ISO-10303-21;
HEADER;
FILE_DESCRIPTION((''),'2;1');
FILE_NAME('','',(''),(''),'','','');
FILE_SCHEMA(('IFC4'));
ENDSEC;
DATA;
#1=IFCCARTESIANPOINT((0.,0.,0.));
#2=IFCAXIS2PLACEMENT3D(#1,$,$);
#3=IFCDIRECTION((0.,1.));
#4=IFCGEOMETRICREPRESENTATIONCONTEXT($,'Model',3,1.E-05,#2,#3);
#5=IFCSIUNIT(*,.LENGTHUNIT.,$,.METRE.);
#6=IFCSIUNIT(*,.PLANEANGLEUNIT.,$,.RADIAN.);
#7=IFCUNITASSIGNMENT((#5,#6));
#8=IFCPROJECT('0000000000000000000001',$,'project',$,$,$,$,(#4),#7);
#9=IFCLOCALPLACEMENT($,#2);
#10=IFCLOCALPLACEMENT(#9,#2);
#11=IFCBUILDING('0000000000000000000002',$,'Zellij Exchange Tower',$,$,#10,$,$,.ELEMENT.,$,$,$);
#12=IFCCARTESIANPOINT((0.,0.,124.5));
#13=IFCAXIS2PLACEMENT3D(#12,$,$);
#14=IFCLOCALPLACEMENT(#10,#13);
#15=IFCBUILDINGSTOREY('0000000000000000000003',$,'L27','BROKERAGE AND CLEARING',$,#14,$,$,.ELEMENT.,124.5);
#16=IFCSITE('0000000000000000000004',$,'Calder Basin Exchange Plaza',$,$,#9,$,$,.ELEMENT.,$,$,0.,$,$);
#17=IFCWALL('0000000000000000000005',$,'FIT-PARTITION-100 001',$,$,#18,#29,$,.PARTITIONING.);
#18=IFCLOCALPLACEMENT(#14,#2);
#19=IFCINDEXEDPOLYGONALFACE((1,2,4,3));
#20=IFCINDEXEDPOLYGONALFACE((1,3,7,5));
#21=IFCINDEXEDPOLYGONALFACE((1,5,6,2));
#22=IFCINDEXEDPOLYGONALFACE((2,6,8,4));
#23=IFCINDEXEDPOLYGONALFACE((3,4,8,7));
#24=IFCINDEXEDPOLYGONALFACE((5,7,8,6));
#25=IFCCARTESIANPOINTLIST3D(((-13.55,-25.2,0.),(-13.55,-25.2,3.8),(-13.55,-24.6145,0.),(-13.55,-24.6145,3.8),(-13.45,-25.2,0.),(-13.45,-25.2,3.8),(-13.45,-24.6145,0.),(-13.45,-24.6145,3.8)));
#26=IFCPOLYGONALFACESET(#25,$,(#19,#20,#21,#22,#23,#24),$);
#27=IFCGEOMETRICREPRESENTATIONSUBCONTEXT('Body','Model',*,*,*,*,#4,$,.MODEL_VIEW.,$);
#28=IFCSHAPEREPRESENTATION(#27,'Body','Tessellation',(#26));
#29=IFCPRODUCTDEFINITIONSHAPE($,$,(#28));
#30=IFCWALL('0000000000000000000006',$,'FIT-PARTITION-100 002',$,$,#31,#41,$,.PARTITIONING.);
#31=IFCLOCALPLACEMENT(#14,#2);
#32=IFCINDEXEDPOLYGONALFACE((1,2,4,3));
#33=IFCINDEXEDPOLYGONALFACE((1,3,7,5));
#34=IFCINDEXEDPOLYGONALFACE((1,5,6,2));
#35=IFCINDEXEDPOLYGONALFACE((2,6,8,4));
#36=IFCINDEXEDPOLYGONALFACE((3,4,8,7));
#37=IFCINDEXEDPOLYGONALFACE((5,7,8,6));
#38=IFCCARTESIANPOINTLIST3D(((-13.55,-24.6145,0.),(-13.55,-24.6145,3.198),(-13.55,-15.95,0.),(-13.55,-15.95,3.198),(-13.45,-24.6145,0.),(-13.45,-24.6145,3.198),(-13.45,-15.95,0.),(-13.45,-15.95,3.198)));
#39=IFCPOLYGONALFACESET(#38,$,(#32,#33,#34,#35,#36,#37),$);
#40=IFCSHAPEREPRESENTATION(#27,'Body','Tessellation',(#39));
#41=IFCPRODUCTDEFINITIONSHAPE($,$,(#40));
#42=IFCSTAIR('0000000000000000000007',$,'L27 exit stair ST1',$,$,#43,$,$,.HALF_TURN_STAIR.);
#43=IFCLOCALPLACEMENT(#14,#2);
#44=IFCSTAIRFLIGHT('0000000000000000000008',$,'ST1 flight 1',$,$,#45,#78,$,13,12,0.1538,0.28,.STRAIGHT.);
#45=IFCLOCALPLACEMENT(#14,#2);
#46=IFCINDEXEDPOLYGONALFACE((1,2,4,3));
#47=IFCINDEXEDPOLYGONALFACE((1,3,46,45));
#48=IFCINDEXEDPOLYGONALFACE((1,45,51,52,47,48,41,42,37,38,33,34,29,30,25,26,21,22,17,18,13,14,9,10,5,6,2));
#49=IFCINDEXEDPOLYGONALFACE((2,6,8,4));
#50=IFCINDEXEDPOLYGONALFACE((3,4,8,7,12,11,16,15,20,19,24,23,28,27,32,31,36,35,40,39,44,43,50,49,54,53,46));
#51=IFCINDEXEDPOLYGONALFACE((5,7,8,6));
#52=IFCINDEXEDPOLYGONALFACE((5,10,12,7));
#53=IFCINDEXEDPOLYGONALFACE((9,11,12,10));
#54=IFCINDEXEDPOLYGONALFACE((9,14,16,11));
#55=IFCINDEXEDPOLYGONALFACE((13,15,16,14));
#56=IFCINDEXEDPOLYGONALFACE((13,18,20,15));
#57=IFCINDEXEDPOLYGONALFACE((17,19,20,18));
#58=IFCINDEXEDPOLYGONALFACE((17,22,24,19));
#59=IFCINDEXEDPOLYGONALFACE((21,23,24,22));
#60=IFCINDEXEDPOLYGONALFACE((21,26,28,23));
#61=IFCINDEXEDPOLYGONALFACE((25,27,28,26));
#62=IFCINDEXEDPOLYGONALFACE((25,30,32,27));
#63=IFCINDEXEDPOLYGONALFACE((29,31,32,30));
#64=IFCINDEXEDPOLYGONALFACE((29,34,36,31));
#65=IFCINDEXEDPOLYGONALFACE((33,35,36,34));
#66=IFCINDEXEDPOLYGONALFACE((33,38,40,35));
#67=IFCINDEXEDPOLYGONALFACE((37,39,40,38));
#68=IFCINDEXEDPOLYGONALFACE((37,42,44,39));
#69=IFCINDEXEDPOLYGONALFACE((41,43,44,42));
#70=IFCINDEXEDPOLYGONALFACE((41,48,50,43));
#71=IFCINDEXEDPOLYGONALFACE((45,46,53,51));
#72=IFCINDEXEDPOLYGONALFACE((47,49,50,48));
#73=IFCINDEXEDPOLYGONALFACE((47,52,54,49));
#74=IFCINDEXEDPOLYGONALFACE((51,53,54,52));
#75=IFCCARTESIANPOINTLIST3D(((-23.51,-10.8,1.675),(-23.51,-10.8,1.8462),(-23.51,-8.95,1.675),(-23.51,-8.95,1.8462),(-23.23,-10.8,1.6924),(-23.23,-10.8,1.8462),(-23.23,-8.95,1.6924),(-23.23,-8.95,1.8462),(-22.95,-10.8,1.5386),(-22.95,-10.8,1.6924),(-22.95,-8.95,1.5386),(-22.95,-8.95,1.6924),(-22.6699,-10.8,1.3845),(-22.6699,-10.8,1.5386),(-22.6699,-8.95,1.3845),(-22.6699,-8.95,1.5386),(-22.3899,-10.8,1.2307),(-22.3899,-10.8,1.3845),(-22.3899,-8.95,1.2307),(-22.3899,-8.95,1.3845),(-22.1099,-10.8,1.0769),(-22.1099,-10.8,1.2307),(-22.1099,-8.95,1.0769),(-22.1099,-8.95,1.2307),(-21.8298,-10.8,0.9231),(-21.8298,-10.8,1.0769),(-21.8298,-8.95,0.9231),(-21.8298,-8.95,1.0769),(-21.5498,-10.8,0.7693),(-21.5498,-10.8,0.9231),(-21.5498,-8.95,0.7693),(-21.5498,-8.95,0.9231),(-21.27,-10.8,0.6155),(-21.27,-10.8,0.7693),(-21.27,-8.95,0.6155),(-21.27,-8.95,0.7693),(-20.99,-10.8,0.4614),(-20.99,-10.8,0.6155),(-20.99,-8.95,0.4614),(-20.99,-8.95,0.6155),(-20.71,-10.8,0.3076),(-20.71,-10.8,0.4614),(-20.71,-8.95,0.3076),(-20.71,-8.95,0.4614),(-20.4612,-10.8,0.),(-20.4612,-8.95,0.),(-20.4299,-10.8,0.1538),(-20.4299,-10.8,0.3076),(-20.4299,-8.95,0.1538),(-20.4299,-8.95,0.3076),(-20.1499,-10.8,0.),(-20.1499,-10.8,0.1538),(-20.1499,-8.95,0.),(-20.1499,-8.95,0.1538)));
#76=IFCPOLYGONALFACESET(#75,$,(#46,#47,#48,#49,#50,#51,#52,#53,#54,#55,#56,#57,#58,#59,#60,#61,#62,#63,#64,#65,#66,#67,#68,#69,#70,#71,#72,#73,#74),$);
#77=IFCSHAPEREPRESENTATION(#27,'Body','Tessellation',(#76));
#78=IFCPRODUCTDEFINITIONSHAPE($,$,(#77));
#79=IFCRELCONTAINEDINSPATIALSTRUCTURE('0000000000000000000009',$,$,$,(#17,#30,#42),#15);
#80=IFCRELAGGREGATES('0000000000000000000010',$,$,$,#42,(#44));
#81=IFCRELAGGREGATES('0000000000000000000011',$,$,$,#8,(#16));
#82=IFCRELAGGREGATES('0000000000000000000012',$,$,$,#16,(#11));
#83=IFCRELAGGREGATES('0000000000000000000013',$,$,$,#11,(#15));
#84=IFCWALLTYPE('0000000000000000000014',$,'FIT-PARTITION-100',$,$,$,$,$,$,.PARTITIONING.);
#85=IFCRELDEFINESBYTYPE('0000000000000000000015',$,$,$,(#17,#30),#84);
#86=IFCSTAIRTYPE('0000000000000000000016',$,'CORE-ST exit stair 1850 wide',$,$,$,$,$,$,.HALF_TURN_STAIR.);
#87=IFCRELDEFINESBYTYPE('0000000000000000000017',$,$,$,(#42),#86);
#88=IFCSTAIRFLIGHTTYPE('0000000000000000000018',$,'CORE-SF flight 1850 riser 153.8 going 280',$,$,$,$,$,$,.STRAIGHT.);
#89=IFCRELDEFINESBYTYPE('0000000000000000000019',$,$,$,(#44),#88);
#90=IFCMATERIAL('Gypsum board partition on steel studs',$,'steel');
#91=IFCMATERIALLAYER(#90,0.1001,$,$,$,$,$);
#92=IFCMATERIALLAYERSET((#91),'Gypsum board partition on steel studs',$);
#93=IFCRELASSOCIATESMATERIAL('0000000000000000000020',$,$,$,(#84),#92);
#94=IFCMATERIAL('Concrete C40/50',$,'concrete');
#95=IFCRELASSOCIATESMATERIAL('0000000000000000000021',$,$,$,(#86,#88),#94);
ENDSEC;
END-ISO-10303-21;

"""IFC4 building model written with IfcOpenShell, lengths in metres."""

from ifc_helpers import new_model, si_unit, direction, frame, frame_2d, origin, place, context, subcontext, project, spatial, polyline, rectangle, outline, extrude, material, layer, layer_set, type_object, element, aggregate, save


model = new_model("IFC4")

# Units and contexts
model_context = context("Model", 3, precision=1e-05, world=origin(), true_north=direction((0.0, 1.0)))
body_context = subcontext(model_context, "Body", "Model", "MODEL_VIEW")
ifc_project = project(units=[si_unit("LENGTHUNIT", "METRE"), si_unit("PLANEANGLEUNIT", "RADIAN")], contexts=[model_context])

# Site, building, storey
site_placement = place(None, origin())
site = spatial("IfcSite", under=ifc_project, at=site_placement, Name="Calder Basin Exchange Plaza", CompositionType="ELEMENT", RefElevation=0.0)
building_placement = place(site_placement, origin())
building = spatial("IfcBuilding", under=site, at=building_placement, Name="Zellij Exchange Tower", CompositionType="ELEMENT")
storey_placement = place(building_placement, frame((0.0, 0.0, 124.5)))
storey = spatial("IfcBuildingStorey", under=building, at=storey_placement, Name="L27", Description="BROKERAGE AND CLEARING", CompositionType="ELEMENT", Elevation=124.5)

# Walls
ifc_material_1 = material(Name="Gypsum board partition on steel studs", Category="steel")
ifc_layer_1 = layer(ifc_material_1, 0.1001)
ifc_layer_set_1 = layer_set([ifc_layer_1], Name="Gypsum board partition on steel studs")
wall_type_1 = type_object("IfcWallType", Name="FIT-PARTITION-100", PredefinedType="PARTITIONING", material=ifc_layer_set_1)
wall_1_placement = place(storey_placement, frame((-13.5, -25.2, 0.0), z_axis=(0.0, 0.0, 1.0), x_axis=(0.0, 1.0, 0.0)))
element("IfcWall", 1, at=wall_1_placement, inside=storey, type_object=wall_type_1, Name="FIT-PARTITION-100 001", PredefinedType="PARTITIONING", context=body_context, shape_type="SweptSolid", body=[
    extrude(rectangle(XDim=0.5854, YDim=0.1001, at=frame_2d((0.2927, 0.0))), origin(), (0.0, 0.0, 1.0), 3.8),
])
wall_2_placement = place(storey_placement, frame((-13.5, -24.6145, 0.0), z_axis=(0.0, 0.0, 1.0), x_axis=(0.0, 1.0, 0.0)))
element("IfcWall", 2, at=wall_2_placement, inside=storey, type_object=wall_type_1, Name="FIT-PARTITION-100 002", PredefinedType="PARTITIONING", context=body_context, shape_type="SweptSolid", body=[
    extrude(rectangle(XDim=8.6646, YDim=0.1001, at=frame_2d((4.3323, 0.0))), origin(), (0.0, 0.0, 1.0), 3.198),
])

# Stair, stair flight
ifc_material_2 = material(Name="Concrete C40/50", Category="concrete")
stair_type = type_object("IfcStairType", Name="CORE-ST exit stair 1850 wide", PredefinedType="HALF_TURN_STAIR", material=ifc_material_2)
stair_placement = place(storey_placement, origin())
stair = element("IfcStair", 3, at=stair_placement, inside=storey, type_object=stair_type, Name="L27 exit stair ST1", PredefinedType="HALF_TURN_STAIR")
stair_flight_type = type_object("IfcStairFlightType", Name="CORE-SF flight 1850 riser 153.8 going 280", PredefinedType="STRAIGHT", material=ifc_material_2)
stair_flight_placement = place(storey_placement, frame((-20.1499, -9.875, 0.0), z_axis=(0.0, 0.0, 1.0), x_axis=(-1.0, 0.0, 0.0)))
stair_flight = element("IfcStairFlight", 4, at=stair_flight_placement, type_object=stair_flight_type, Name="ST1 flight 1", NumberOfRisers=13, NumberOfTreads=12, PredefinedType="STRAIGHT", RiserHeight=0.1538, TreadLength=0.28, context=body_context, shape_type="SweptSolid", body=[
    extrude(outline(polyline([(0.0, 0.0), (0.0, 0.1538), (0.28, 0.1538), (0.28, 0.3076), (0.5601, 0.3076), (0.5601, 0.4614), (0.8401, 0.4614), (0.8401, 0.6155), (1.1201, 0.6155), (1.1201, 0.7693), (1.3999, 0.7693), (1.3999, 0.9231), (1.6799, 0.9231), (1.6799, 1.0769), (1.96, 1.0769), (1.96, 1.2307), (2.24, 1.2307), (2.24, 1.3845), (2.52, 1.3845), (2.52, 1.5386), (2.8, 1.5386), (2.8, 1.6924), (3.0801, 1.6924), (3.0801, 1.8462), (3.3601, 1.8462), (3.3601, 2.0), (3.3601, 1.675), (0.3113, 0.0), (0.0, 0.0)])), frame((0.0, 0.925, 0.0), z_axis=(0.0, -1.0, 0.0), x_axis=(1.0, 0.0, 0.0)), (0.0, 0.0, 1.0), 1.8501),
])
aggregate(stair, [stair_flight])

save(model, "model.ifc")
